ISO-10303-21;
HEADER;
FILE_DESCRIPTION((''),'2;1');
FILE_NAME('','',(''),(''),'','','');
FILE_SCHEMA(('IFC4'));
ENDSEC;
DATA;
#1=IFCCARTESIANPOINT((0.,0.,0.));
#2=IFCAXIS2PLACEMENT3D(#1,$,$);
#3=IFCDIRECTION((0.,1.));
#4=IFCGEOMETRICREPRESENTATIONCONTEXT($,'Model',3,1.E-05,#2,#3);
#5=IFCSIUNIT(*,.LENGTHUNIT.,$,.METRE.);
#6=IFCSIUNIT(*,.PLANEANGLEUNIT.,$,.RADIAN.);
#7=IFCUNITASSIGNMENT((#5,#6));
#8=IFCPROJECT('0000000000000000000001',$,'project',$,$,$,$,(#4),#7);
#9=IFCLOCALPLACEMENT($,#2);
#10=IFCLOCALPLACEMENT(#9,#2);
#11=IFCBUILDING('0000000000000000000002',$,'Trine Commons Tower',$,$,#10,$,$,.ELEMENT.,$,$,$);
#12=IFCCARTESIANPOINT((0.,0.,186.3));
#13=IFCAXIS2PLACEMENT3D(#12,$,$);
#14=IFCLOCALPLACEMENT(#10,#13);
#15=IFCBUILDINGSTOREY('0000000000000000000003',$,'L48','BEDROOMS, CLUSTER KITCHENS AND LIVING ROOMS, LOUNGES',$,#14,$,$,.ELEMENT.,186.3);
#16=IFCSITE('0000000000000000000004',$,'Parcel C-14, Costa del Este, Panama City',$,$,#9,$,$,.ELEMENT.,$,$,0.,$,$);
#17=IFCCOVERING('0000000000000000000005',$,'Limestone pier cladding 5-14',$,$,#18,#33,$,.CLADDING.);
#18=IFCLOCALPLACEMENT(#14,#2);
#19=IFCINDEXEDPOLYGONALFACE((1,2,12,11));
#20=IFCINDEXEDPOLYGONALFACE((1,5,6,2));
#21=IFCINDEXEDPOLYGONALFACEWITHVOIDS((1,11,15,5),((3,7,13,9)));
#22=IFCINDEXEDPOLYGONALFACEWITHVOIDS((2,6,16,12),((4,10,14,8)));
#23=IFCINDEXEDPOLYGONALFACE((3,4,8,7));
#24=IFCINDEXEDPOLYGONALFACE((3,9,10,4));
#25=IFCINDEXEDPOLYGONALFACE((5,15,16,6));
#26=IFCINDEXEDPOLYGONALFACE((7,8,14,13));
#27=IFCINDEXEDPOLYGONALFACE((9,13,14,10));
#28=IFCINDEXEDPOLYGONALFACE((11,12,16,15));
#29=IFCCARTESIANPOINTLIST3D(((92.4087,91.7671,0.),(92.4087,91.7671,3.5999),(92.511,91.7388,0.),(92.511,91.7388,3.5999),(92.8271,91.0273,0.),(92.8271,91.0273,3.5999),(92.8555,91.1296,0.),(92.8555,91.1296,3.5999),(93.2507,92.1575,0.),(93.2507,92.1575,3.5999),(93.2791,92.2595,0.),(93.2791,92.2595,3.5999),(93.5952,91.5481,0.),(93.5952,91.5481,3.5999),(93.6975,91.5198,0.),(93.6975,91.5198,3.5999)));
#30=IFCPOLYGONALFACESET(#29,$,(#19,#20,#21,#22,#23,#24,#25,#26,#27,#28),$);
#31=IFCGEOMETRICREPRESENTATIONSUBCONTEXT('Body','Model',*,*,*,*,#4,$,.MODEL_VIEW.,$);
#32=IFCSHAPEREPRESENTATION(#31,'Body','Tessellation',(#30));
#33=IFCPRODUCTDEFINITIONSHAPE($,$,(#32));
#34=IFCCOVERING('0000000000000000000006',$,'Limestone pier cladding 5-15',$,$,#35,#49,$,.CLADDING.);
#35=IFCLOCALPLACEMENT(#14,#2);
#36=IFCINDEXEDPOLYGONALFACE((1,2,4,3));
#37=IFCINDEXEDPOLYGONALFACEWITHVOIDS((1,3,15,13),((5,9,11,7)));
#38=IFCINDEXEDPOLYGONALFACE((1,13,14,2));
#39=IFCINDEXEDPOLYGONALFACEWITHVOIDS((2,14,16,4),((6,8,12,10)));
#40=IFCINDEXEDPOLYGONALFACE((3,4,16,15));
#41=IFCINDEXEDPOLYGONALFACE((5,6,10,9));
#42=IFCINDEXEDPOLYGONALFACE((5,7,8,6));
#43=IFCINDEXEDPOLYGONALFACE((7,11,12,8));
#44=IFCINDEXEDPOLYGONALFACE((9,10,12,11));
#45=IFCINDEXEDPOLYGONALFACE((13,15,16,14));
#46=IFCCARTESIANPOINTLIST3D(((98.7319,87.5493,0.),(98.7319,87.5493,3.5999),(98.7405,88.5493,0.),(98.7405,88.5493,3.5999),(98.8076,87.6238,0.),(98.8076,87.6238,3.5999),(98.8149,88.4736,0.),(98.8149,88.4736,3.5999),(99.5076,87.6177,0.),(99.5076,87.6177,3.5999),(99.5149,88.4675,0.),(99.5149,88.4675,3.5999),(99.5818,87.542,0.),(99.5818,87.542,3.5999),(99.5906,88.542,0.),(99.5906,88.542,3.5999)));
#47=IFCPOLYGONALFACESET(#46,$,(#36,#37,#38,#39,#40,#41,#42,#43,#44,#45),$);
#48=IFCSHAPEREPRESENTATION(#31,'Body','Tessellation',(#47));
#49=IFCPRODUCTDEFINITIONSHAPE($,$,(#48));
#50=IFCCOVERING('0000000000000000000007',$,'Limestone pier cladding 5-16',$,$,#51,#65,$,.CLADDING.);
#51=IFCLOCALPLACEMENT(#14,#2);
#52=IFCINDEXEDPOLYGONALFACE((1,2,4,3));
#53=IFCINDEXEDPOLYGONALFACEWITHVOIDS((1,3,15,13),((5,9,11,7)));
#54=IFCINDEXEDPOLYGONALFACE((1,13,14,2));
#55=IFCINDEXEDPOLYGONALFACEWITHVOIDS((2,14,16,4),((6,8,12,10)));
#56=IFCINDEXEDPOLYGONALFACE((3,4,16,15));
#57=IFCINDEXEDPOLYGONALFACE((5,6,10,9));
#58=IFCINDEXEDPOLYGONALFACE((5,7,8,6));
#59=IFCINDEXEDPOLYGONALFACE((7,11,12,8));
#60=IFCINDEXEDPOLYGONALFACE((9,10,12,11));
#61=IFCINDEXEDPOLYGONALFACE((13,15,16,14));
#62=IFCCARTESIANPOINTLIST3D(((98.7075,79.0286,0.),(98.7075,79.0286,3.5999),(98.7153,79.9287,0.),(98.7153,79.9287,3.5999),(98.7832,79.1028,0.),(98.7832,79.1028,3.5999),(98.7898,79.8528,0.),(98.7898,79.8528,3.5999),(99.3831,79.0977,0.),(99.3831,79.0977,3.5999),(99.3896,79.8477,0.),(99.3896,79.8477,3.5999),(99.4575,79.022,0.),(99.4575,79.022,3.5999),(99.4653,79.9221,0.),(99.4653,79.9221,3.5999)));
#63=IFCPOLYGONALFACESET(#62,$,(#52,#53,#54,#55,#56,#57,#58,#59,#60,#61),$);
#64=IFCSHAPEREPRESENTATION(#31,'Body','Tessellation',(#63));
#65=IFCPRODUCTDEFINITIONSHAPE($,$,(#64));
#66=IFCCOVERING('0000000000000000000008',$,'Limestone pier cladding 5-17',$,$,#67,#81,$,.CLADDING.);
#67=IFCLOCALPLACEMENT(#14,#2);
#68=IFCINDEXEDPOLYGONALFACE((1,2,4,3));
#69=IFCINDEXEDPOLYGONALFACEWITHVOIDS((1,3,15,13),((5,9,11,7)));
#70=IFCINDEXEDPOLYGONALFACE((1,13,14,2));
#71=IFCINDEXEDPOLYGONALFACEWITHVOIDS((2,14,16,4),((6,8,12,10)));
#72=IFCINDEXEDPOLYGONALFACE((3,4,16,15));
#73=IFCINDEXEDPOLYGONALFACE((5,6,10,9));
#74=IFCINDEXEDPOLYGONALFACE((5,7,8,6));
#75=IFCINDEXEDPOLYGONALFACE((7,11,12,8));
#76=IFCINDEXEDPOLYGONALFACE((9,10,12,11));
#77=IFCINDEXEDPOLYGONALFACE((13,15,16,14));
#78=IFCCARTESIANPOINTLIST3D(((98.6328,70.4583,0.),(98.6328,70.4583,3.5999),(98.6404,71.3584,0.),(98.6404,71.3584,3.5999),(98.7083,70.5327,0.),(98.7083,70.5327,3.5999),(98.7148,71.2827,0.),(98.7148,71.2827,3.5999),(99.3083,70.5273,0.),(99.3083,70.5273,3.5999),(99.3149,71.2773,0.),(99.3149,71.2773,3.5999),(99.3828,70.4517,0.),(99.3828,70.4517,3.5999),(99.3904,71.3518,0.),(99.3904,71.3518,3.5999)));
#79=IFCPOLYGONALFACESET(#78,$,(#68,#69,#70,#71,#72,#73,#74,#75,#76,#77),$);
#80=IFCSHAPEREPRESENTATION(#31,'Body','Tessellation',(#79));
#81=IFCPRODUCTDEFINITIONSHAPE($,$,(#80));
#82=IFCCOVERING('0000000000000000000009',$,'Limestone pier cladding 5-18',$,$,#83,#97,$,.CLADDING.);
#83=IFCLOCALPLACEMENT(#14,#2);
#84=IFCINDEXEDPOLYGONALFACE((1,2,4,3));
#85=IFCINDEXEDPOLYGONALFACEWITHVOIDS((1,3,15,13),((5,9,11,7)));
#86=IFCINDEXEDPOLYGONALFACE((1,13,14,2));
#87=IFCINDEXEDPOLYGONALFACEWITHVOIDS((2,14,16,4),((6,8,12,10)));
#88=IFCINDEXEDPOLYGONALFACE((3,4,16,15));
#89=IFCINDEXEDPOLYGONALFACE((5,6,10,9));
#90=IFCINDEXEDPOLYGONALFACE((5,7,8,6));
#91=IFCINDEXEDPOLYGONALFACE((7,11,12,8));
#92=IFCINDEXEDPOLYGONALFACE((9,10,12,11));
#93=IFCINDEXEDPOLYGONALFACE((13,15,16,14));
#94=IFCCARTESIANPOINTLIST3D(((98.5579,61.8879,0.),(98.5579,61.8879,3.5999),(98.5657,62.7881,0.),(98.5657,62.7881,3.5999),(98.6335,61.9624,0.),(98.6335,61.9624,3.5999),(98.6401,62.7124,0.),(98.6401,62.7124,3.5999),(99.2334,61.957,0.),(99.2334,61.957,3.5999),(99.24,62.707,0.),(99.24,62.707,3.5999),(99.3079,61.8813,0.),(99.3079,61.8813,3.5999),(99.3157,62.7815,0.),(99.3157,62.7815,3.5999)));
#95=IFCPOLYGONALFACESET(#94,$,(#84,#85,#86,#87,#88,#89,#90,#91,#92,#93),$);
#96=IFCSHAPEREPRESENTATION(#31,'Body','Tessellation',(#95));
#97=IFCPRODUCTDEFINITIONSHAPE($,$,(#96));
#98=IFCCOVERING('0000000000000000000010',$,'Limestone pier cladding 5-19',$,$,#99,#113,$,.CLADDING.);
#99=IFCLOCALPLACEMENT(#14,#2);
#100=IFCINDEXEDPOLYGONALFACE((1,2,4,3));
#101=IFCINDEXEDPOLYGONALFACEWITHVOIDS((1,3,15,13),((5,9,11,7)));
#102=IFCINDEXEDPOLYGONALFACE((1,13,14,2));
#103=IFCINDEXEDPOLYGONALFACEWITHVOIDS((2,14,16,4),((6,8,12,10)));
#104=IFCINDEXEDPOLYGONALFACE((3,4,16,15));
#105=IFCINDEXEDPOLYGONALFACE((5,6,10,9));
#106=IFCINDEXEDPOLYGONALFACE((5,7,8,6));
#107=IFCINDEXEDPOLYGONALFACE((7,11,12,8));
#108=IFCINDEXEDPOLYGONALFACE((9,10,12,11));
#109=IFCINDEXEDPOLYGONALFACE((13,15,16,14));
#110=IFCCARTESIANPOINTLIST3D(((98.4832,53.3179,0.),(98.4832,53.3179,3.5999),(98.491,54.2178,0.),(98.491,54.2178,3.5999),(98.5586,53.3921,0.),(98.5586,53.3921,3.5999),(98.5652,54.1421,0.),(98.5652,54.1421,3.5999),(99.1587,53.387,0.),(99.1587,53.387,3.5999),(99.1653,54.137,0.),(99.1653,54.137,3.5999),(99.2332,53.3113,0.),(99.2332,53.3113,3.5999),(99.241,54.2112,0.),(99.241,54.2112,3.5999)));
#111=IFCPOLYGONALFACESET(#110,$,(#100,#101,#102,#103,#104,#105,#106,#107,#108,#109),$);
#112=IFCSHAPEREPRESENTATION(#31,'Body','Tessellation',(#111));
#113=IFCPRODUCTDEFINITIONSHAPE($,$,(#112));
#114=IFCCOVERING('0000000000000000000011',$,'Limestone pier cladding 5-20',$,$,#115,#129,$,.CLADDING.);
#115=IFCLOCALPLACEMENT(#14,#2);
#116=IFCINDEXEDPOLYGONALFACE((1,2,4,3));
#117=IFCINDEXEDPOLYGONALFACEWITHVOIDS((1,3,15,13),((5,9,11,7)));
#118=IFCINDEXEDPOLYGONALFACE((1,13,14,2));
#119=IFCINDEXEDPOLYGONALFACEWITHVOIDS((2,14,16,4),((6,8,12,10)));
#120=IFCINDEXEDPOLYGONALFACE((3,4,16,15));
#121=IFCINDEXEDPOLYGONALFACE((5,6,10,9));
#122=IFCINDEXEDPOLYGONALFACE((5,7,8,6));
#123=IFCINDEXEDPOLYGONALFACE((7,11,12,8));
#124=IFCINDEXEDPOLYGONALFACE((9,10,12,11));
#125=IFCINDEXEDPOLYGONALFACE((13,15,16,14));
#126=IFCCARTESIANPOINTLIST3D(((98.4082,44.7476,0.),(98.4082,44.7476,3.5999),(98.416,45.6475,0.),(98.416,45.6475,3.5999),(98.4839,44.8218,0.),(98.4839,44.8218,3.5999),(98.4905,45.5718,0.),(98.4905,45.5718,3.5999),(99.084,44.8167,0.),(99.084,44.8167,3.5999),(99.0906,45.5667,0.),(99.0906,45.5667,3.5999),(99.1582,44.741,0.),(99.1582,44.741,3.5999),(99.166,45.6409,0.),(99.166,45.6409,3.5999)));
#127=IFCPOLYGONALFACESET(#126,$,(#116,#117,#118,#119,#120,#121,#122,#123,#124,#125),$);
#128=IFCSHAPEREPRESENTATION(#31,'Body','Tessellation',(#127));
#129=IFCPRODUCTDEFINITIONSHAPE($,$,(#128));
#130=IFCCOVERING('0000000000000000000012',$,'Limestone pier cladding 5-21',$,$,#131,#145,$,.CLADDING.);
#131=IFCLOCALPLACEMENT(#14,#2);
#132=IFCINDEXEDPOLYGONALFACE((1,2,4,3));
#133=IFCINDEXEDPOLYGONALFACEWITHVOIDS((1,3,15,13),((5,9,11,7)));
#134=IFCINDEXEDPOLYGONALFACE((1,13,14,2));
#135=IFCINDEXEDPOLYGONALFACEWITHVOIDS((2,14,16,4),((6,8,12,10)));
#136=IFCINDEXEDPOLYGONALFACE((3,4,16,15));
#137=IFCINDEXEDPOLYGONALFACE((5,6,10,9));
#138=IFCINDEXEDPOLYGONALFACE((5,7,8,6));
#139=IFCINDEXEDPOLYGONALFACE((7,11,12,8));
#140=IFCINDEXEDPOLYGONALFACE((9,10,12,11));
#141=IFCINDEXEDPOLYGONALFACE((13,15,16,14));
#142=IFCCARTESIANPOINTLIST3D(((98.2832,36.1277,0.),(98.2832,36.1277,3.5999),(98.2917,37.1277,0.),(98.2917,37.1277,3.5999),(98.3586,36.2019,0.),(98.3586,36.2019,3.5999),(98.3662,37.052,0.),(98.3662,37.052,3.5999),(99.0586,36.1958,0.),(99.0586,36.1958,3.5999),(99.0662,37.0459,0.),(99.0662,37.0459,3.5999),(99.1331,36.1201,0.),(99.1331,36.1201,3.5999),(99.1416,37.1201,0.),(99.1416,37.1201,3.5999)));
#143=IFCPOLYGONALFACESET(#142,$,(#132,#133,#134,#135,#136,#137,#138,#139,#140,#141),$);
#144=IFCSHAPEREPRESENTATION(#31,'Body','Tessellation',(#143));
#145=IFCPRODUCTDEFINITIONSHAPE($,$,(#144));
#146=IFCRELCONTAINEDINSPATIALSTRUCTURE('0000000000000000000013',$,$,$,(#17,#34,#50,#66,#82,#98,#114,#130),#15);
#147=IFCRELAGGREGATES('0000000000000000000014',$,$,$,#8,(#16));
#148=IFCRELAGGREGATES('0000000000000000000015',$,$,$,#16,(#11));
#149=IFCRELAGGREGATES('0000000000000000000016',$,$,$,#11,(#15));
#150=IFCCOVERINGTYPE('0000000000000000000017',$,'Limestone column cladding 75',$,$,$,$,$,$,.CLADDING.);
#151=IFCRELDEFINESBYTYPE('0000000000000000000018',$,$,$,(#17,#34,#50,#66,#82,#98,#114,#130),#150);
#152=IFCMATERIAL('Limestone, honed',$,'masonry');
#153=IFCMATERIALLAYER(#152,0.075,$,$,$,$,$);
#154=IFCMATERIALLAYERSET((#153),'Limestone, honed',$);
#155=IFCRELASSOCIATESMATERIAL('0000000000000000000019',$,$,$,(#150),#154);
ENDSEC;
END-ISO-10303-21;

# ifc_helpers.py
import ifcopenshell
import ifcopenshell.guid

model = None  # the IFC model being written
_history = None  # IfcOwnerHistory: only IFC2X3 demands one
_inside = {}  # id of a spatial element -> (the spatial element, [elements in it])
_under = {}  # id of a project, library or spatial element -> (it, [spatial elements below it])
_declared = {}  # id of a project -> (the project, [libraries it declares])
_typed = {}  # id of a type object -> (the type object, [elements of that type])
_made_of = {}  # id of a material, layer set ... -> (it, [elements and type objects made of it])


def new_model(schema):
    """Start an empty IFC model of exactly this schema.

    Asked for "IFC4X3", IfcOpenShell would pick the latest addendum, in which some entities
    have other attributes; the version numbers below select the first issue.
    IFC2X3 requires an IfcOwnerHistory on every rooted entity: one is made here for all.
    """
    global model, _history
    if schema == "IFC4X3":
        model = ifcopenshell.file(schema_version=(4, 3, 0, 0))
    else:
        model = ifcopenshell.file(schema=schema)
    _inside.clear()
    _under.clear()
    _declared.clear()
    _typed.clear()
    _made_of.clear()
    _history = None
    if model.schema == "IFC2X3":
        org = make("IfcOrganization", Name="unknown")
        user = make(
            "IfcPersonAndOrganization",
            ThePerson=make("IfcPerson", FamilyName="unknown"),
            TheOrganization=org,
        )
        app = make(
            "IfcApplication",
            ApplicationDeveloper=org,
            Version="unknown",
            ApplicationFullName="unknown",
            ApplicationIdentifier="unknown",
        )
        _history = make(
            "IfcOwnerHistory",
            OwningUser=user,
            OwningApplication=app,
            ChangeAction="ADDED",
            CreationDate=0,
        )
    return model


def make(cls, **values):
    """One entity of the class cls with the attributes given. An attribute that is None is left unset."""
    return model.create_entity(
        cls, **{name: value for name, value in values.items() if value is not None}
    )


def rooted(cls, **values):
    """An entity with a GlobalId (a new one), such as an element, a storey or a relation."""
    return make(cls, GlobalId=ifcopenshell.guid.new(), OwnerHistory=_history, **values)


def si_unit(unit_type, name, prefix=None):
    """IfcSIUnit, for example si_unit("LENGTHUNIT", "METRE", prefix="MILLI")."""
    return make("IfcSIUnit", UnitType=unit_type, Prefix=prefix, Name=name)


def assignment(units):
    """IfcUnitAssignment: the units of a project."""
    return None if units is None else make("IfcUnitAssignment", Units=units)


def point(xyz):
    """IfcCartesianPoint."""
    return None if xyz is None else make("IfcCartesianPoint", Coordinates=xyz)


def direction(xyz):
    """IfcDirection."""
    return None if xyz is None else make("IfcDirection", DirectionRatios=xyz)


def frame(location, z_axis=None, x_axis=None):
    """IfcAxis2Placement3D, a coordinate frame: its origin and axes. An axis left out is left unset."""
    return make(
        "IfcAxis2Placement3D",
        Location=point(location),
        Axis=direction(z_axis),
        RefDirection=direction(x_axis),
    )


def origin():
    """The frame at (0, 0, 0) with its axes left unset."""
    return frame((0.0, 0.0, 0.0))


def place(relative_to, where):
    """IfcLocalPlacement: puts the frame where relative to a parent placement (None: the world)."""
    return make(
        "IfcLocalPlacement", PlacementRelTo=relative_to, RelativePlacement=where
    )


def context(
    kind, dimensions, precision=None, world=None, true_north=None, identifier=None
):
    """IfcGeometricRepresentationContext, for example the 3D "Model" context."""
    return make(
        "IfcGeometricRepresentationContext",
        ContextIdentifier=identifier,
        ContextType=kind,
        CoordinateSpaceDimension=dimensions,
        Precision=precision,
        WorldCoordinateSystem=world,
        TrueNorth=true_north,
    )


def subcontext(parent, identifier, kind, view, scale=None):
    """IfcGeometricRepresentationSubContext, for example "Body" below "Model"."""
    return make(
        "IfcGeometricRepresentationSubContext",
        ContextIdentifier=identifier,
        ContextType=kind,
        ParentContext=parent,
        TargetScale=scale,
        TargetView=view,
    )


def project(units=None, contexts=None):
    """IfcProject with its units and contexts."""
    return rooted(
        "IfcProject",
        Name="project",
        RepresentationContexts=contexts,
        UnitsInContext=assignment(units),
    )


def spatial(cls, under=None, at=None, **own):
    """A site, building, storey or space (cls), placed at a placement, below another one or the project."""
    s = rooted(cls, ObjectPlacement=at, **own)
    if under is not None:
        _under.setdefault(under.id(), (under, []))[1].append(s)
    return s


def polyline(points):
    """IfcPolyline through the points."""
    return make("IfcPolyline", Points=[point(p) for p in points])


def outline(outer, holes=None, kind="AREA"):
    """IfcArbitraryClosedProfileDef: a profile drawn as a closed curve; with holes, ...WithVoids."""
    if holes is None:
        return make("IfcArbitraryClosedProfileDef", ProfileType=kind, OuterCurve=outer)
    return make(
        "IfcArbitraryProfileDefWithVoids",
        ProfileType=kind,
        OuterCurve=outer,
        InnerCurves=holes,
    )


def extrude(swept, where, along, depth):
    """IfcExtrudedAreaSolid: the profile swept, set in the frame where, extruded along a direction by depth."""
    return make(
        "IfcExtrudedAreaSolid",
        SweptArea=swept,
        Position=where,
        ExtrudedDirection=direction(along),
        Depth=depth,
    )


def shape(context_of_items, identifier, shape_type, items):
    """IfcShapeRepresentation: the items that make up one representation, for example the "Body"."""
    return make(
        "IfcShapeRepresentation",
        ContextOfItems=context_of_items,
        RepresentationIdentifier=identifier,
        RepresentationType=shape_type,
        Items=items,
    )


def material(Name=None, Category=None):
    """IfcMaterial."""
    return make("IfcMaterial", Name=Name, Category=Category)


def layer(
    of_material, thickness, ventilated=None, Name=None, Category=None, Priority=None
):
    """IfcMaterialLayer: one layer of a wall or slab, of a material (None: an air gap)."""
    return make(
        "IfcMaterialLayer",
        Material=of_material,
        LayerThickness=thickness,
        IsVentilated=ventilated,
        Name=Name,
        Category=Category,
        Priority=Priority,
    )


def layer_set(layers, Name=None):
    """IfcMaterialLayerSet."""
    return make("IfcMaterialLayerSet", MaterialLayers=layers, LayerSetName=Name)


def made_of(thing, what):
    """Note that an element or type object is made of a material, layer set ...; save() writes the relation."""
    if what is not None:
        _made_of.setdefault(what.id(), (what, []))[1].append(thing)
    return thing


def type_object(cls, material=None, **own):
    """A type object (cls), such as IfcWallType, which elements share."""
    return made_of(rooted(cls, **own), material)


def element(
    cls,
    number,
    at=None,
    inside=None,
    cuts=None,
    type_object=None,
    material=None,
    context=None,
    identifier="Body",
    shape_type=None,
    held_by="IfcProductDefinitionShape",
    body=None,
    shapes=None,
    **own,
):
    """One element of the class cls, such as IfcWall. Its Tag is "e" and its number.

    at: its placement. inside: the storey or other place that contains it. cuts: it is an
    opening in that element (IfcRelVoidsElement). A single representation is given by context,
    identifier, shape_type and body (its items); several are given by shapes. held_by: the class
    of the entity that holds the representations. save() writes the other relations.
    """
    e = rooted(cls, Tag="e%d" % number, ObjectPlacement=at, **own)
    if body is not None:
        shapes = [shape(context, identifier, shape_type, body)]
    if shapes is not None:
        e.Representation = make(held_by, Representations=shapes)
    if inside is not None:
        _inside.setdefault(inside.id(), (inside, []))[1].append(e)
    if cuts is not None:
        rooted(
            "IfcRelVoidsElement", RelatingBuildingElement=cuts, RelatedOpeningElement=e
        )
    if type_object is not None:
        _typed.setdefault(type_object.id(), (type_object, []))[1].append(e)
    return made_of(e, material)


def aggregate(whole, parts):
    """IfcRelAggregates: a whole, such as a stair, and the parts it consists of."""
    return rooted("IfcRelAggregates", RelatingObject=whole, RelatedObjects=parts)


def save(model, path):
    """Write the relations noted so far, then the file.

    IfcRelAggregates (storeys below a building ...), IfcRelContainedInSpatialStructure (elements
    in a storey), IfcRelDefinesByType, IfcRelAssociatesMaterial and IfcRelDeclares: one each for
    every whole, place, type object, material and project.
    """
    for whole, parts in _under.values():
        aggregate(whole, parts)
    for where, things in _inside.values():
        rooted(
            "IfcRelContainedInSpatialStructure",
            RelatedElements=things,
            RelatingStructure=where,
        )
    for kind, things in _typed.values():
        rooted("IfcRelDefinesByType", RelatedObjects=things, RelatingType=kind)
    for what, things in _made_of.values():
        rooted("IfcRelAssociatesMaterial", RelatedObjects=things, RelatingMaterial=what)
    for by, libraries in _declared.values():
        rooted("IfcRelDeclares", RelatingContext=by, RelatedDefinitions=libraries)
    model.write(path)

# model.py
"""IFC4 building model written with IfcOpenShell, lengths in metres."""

from ifc_helpers import new_model, si_unit, direction, frame, origin, place, context, subcontext, project, spatial, polyline, outline, extrude, material, layer, layer_set, type_object, element, save


model = new_model("IFC4")

# Units and contexts
model_context = context("Model", 3, precision=1e-05, world=origin(), true_north=direction((0.0, 1.0)))
body_context = subcontext(model_context, "Body", "Model", "MODEL_VIEW")
ifc_project = project(units=[si_unit("LENGTHUNIT", "METRE"), si_unit("PLANEANGLEUNIT", "RADIAN")], contexts=[model_context])

# Site, building, storey
site_placement = place(None, origin())
site = spatial("IfcSite", under=ifc_project, at=site_placement, Name="Parcel C-14, Costa del Este, Panama City", CompositionType="ELEMENT", RefElevation=0.0)
building_placement = place(site_placement, origin())
building = spatial("IfcBuilding", under=site, at=building_placement, Name="Trine Commons Tower", CompositionType="ELEMENT")
storey_placement = place(building_placement, frame((0.0, 0.0, 186.3)))
storey = spatial("IfcBuildingStorey", under=building, at=storey_placement, Name="L48", Description="BEDROOMS, CLUSTER KITCHENS AND LIVING ROOMS, LOUNGES", CompositionType="ELEMENT", Elevation=186.3)

# Coverings
ifc_material_1 = material(Name="Limestone, honed", Category="masonry")
ifc_layer_1 = layer(ifc_material_1, 0.075)
ifc_layer_set_1 = layer_set([ifc_layer_1], Name="Limestone, honed")
covering_type_1 = type_object("IfcCoveringType", Name="Limestone column cladding 75", PredefinedType="CLADDING", material=ifc_layer_set_1)
covering_1_placement = place(storey_placement, origin())
element("IfcCovering", 1, at=covering_1_placement, inside=storey, type_object=covering_type_1, Name="Limestone pier cladding 5-14", PredefinedType="CLADDING", context=body_context, shape_type="SweptSolid", body=[
    extrude(outline(polyline([(93.6975, 91.5198), (93.2791, 92.2595), (92.4087, 91.7671), (92.8271, 91.0273), (93.6975, 91.5198)]), holes=[polyline([(93.5952, 91.5481), (93.2507, 92.1575), (92.511, 91.7388), (92.8555, 91.1296), (93.5952, 91.5481)])]), origin(), (0.0, 0.0, 1.0), 3.5999),
])
covering_2_placement = place(storey_placement, origin())
element("IfcCovering", 2, at=covering_2_placement, inside=storey, type_object=covering_type_1, Name="Limestone pier cladding 5-15", PredefinedType="CLADDING", context=body_context, shape_type="SweptSolid", body=[
    extrude(outline(polyline([(99.5906, 88.542), (98.7405, 88.5493), (98.7319, 87.5493), (99.5818, 87.542), (99.5906, 88.542)]), holes=[polyline([(99.5149, 88.4675), (98.8149, 88.4736), (98.8076, 87.6238), (99.5076, 87.6177), (99.5149, 88.4675)])]), origin(), (0.0, 0.0, 1.0), 3.5999),
])
covering_3_placement = place(storey_placement, origin())
element("IfcCovering", 3, at=covering_3_placement, inside=storey, type_object=covering_type_1, Name="Limestone pier cladding 5-16", PredefinedType="CLADDING", context=body_context, shape_type="SweptSolid", body=[
    extrude(outline(polyline([(99.4653, 79.9221), (98.7153, 79.9287), (98.7075, 79.0286), (99.4575, 79.022), (99.4653, 79.9221)]), holes=[polyline([(99.3896, 79.8477), (98.7898, 79.8528), (98.7832, 79.1028), (99.3831, 79.0977), (99.3896, 79.8477)])]), origin(), (0.0, 0.0, 1.0), 3.5999),
])
covering_4_placement = place(storey_placement, origin())
element("IfcCovering", 4, at=covering_4_placement, inside=storey, type_object=covering_type_1, Name="Limestone pier cladding 5-17", PredefinedType="CLADDING", context=body_context, shape_type="SweptSolid", body=[
    extrude(outline(polyline([(99.3904, 71.3518), (98.6404, 71.3584), (98.6328, 70.4583), (99.3828, 70.4517), (99.3904, 71.3518)]), holes=[polyline([(99.3149, 71.2773), (98.7148, 71.2827), (98.7083, 70.5327), (99.3083, 70.5273), (99.3149, 71.2773)])]), origin(), (0.0, 0.0, 1.0), 3.5999),
])
covering_5_placement = place(storey_placement, origin())
element("IfcCovering", 5, at=covering_5_placement, inside=storey, type_object=covering_type_1, Name="Limestone pier cladding 5-18", PredefinedType="CLADDING", context=body_context, shape_type="SweptSolid", body=[
    extrude(outline(polyline([(99.3157, 62.7815), (98.5657, 62.7881), (98.5579, 61.8879), (99.3079, 61.8813), (99.3157, 62.7815)]), holes=[polyline([(99.24, 62.707), (98.6401, 62.7124), (98.6335, 61.9624), (99.2334, 61.957), (99.24, 62.707)])]), origin(), (0.0, 0.0, 1.0), 3.5999),
])
covering_6_placement = place(storey_placement, origin())
element("IfcCovering", 6, at=covering_6_placement, inside=storey, type_object=covering_type_1, Name="Limestone pier cladding 5-19", PredefinedType="CLADDING", context=body_context, shape_type="SweptSolid", body=[
    extrude(outline(polyline([(99.241, 54.2112), (98.491, 54.2178), (98.4832, 53.3179), (99.2332, 53.3113), (99.241, 54.2112)]), holes=[polyline([(99.1653, 54.137), (98.5652, 54.1421), (98.5586, 53.3921), (99.1587, 53.387), (99.1653, 54.137)])]), origin(), (0.0, 0.0, 1.0), 3.5999),
])
covering_7_placement = place(storey_placement, origin())
element("IfcCovering", 7, at=covering_7_placement, inside=storey, type_object=covering_type_1, Name="Limestone pier cladding 5-20", PredefinedType="CLADDING", context=body_context, shape_type="SweptSolid", body=[
    extrude(outline(polyline([(99.166, 45.6409), (98.416, 45.6475), (98.4082, 44.7476), (99.1582, 44.741), (99.166, 45.6409)]), holes=[polyline([(99.0906, 45.5667), (98.4905, 45.5718), (98.4839, 44.8218), (99.084, 44.8167), (99.0906, 45.5667)])]), origin(), (0.0, 0.0, 1.0), 3.5999),
])
covering_8_placement = place(storey_placement, origin())
element("IfcCovering", 8, at=covering_8_placement, inside=storey, type_object=covering_type_1, Name="Limestone pier cladding 5-21", PredefinedType="CLADDING", context=body_context, shape_type="SweptSolid", body=[
    extrude(outline(polyline([(99.1416, 37.1201), (98.2917, 37.1277), (98.2832, 36.1277), (99.1331, 36.1201), (99.1416, 37.1201)]), holes=[polyline([(99.0662, 37.0459), (98.3662, 37.052), (98.3586, 36.2019), (99.0586, 36.1958), (99.0662, 37.0459)])]), origin(), (0.0, 0.0, 1.0), 3.5999),
])

save(model, "model.ifc")
